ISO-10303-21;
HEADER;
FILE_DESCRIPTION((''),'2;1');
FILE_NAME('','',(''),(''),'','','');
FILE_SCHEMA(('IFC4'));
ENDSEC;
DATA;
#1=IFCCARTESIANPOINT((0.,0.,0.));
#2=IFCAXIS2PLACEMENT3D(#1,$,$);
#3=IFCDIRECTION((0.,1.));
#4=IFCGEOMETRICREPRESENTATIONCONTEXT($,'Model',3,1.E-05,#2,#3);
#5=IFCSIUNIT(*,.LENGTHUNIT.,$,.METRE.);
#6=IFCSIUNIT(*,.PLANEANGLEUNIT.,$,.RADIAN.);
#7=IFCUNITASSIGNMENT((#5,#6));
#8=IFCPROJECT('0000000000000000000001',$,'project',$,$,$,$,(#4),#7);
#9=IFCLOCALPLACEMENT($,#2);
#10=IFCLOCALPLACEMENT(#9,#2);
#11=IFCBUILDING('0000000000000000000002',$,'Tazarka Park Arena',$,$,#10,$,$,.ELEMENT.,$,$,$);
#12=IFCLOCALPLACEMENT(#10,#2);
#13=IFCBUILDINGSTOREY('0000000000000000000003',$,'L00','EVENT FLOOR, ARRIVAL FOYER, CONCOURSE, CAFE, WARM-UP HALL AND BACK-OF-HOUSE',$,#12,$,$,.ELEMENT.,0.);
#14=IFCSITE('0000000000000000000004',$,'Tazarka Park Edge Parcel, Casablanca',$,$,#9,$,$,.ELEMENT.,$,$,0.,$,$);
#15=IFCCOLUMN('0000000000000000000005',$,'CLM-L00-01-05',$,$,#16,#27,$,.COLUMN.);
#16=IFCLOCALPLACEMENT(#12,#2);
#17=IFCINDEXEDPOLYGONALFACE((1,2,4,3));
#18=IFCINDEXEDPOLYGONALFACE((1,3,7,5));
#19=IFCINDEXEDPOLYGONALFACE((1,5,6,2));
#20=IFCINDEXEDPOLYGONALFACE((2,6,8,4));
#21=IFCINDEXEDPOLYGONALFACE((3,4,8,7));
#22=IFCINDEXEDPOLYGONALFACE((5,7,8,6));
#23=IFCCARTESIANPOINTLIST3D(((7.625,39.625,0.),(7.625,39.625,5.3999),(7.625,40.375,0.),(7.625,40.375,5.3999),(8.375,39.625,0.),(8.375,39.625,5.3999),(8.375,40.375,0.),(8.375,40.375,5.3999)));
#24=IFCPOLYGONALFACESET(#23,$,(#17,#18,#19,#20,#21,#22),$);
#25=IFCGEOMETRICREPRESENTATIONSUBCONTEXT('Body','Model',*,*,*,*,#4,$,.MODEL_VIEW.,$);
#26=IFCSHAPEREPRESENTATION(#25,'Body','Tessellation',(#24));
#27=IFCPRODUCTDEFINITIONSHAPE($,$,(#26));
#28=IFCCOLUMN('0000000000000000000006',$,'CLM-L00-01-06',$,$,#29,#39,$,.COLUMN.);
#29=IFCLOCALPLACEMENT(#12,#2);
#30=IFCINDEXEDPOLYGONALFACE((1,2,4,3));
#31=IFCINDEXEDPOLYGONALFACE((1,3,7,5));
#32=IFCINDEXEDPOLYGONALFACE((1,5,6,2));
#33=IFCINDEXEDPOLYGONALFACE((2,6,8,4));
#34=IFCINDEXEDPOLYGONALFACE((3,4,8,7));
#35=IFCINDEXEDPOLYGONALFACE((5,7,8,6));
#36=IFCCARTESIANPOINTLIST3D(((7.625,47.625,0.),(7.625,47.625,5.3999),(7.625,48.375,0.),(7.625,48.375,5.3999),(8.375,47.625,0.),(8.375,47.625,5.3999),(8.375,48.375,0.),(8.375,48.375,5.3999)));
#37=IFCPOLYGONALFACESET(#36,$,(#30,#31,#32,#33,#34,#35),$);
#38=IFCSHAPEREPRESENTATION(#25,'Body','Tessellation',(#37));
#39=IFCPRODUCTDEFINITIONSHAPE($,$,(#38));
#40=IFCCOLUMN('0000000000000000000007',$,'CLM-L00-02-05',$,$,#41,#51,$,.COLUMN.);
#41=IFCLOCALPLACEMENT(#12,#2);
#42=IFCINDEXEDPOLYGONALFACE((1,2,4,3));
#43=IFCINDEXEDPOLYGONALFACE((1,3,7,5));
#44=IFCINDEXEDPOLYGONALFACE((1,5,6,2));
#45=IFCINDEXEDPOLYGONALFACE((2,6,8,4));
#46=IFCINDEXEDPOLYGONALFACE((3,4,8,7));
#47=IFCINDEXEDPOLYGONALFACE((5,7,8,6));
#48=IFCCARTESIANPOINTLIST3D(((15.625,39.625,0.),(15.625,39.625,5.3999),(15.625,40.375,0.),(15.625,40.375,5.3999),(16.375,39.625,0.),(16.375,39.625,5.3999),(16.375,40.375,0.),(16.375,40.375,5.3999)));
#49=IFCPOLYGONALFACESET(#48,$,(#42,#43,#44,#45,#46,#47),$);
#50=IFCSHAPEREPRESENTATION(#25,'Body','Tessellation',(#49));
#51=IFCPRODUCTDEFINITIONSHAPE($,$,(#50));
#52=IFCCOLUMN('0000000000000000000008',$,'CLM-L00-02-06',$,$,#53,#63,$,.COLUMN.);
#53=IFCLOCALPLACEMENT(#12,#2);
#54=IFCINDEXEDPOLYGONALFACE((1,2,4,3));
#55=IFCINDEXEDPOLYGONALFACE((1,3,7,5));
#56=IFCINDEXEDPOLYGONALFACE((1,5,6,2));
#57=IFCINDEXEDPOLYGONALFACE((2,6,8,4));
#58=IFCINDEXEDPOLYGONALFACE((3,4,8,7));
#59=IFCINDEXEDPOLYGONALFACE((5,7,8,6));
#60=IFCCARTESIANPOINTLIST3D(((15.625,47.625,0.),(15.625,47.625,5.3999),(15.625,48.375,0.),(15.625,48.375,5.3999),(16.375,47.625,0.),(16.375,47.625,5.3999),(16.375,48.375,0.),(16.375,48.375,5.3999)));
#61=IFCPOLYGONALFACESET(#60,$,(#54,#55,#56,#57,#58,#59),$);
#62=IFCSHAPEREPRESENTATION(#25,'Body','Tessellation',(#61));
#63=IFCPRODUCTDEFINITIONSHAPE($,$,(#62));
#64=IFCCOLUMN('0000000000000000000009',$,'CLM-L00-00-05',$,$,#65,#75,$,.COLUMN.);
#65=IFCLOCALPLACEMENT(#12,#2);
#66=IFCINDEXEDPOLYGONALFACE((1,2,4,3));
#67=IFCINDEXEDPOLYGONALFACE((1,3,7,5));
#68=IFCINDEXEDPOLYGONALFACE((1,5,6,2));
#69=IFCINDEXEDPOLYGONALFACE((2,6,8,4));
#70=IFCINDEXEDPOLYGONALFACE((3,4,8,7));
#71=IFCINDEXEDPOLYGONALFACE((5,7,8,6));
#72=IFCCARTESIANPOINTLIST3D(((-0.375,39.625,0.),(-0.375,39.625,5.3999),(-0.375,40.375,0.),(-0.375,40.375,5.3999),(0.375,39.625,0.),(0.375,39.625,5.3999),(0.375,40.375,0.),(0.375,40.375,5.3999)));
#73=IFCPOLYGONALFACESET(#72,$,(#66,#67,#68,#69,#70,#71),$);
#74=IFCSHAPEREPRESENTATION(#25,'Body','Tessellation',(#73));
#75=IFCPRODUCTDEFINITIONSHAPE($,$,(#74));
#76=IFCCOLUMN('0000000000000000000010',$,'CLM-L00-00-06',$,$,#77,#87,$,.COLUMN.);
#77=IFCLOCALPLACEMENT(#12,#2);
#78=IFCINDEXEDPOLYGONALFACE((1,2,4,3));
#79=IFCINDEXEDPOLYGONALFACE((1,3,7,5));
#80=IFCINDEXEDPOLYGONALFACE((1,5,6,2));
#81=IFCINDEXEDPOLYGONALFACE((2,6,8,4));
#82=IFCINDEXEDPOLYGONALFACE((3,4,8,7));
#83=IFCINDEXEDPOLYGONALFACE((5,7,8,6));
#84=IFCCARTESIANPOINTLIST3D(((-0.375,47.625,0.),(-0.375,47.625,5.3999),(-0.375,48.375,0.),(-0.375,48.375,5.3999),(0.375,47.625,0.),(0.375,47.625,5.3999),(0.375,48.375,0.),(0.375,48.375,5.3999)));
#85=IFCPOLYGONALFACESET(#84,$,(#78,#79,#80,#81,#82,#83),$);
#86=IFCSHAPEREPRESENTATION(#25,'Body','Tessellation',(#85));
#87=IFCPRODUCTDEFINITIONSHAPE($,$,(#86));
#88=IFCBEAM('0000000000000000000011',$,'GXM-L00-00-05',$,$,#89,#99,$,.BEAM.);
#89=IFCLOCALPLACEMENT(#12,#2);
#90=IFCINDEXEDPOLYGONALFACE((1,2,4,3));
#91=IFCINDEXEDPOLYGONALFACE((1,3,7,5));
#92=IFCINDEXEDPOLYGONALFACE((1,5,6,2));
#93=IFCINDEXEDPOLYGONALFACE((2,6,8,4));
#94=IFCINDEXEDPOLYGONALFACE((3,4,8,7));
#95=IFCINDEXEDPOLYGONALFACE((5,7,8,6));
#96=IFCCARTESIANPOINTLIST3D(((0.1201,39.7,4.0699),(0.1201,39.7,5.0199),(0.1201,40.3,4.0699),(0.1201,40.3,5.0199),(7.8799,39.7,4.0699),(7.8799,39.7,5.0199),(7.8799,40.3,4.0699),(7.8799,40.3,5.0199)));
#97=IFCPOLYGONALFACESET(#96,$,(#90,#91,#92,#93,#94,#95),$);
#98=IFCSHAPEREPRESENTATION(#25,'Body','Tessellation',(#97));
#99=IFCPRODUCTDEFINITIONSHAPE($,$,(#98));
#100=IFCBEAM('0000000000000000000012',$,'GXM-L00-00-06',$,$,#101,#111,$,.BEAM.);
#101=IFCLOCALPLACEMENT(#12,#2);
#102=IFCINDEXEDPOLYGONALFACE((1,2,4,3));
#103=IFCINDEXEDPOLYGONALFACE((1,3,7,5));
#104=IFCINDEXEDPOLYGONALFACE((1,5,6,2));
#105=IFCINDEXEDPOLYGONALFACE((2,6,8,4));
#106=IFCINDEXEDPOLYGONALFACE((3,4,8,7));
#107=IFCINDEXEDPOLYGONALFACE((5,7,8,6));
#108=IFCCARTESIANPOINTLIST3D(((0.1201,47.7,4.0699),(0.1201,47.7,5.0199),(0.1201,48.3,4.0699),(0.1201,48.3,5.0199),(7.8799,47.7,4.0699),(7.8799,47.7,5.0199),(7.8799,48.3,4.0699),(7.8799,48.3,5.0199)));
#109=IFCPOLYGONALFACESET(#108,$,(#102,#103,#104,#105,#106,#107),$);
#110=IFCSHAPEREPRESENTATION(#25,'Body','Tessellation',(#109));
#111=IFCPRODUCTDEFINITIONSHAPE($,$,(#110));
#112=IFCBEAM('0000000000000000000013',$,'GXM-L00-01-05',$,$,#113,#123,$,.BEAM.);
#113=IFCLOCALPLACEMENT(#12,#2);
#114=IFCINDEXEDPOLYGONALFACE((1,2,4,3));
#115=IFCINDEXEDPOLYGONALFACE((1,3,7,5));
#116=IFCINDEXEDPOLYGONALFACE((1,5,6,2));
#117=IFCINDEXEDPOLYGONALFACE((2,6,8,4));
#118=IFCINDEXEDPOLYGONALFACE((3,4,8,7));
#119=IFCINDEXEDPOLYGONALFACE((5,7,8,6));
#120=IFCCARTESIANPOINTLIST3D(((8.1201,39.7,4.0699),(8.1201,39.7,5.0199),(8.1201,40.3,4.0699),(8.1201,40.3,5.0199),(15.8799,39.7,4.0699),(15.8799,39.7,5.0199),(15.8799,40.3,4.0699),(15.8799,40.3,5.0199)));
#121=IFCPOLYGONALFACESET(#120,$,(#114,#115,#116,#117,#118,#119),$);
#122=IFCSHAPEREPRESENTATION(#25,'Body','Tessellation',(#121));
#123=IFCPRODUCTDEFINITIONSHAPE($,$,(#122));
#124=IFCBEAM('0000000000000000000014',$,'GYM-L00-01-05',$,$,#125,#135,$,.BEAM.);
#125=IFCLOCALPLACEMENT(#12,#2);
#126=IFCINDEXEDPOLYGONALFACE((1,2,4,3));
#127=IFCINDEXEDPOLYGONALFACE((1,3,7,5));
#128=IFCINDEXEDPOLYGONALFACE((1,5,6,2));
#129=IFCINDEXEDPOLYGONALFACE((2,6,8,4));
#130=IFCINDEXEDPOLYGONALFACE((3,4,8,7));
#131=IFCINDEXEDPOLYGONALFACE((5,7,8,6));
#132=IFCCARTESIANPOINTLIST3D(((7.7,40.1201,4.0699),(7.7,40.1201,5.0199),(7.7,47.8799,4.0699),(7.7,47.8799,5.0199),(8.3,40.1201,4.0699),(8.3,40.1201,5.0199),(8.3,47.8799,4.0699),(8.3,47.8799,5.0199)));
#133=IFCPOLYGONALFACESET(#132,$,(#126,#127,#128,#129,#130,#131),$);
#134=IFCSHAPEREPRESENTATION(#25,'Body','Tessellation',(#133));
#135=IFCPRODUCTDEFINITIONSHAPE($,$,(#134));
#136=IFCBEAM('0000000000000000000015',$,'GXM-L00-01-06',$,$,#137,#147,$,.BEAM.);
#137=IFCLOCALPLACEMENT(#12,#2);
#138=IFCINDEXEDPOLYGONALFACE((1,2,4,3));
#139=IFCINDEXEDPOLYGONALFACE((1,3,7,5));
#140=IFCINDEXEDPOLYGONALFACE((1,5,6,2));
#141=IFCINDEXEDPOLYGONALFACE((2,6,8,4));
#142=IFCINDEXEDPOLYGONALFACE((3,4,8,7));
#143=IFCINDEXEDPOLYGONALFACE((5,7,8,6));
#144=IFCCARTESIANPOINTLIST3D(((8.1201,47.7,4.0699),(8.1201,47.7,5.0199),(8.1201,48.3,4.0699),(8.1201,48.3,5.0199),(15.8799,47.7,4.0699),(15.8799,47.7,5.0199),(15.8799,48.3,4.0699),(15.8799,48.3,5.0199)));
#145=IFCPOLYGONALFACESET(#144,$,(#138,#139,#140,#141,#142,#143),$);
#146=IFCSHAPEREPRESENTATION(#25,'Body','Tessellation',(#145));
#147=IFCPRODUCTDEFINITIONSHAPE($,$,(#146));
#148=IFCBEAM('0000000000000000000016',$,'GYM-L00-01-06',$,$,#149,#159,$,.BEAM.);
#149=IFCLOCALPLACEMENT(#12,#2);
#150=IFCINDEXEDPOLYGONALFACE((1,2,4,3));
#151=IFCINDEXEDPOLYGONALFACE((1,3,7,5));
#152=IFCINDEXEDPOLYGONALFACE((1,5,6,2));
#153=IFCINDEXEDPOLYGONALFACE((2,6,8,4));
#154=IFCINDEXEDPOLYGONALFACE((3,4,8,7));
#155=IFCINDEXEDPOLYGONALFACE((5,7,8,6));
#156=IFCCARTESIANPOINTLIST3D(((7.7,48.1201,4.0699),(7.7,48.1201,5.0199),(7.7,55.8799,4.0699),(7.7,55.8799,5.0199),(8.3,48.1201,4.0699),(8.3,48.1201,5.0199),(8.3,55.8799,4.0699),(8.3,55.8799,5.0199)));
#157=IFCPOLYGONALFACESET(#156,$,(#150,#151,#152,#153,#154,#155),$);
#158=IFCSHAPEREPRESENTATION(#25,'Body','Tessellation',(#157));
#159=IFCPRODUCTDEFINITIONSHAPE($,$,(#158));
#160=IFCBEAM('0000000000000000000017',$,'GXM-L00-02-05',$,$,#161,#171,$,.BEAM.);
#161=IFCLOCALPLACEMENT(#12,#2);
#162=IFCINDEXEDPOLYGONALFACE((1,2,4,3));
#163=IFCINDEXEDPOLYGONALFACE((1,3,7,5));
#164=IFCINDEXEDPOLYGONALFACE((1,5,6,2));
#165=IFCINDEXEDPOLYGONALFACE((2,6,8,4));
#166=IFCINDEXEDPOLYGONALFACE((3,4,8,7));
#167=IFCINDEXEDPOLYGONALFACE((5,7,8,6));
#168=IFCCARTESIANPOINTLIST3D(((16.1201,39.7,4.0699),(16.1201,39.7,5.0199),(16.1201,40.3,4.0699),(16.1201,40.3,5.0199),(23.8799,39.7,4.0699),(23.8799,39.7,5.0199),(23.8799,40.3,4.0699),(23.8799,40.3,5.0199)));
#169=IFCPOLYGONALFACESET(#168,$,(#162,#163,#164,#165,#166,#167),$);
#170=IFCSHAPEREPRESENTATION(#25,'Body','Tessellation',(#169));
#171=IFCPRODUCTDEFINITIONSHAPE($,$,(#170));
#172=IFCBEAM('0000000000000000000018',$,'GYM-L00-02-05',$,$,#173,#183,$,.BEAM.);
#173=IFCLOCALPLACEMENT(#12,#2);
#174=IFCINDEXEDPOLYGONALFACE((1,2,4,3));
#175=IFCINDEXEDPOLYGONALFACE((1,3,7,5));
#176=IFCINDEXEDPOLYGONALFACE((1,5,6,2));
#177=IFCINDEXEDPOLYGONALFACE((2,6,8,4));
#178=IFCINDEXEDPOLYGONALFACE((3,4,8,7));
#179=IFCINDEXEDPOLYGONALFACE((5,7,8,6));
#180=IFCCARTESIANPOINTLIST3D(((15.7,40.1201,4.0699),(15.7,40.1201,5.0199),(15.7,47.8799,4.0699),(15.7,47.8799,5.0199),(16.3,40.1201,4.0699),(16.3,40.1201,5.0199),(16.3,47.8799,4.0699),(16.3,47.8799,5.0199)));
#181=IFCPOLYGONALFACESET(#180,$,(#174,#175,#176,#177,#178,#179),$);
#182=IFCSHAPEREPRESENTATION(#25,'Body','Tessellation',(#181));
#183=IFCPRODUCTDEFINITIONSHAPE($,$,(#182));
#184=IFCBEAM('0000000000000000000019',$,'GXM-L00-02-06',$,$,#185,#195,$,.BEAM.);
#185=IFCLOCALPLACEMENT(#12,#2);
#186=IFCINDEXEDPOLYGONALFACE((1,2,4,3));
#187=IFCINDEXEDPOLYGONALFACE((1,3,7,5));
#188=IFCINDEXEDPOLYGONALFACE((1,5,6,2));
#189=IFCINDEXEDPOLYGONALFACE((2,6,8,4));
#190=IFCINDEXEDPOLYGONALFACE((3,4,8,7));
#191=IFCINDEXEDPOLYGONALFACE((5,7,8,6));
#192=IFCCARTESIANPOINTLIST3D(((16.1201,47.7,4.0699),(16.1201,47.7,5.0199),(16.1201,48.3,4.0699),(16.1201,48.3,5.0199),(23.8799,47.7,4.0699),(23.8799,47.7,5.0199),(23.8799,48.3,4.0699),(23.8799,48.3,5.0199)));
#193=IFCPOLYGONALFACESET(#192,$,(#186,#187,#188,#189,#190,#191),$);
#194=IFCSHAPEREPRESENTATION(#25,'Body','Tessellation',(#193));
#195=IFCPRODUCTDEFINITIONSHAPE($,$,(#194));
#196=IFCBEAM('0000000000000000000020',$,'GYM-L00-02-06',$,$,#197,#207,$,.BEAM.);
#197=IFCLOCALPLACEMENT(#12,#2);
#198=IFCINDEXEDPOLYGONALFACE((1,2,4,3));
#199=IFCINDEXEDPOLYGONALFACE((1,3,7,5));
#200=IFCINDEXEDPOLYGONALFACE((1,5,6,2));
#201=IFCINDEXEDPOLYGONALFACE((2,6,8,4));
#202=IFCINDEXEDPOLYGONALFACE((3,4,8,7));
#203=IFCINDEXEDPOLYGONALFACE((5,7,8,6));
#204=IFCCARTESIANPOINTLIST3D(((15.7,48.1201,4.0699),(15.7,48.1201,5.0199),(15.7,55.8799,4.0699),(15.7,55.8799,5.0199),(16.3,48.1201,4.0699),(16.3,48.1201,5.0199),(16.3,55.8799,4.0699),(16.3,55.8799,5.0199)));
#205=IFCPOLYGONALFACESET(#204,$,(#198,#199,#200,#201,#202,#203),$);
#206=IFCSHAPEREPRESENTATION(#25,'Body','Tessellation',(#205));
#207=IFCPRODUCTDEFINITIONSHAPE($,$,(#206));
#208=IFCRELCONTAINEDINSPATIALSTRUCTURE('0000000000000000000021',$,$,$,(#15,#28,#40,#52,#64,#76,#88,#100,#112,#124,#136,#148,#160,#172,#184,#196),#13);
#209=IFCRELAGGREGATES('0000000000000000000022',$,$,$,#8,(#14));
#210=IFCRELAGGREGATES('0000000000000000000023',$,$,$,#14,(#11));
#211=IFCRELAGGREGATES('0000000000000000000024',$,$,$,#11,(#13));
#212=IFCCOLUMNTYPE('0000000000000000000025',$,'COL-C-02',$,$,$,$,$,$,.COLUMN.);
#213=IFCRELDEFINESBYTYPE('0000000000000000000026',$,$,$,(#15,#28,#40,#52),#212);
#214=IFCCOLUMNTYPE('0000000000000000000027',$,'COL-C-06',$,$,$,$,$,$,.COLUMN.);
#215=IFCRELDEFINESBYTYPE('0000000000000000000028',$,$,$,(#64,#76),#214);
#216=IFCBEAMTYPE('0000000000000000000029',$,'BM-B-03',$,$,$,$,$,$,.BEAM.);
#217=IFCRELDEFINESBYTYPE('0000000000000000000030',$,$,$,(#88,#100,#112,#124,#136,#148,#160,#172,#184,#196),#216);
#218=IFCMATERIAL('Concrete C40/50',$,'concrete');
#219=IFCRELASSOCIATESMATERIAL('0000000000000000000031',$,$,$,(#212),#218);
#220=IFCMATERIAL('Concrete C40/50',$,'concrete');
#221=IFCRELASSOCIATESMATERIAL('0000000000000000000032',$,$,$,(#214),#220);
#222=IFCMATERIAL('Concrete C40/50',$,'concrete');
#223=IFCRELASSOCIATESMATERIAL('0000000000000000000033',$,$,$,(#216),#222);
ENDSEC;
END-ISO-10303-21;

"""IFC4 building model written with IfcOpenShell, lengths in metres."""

from ifc_helpers import new_model, si_unit, direction, frame, origin, origin_2d, place, context, subcontext, project, spatial, rectangle, extrude, material, material_profile, profile_set, type_object, element, save


model = new_model("IFC4")

# Units and contexts
model_context = context("Model", 3, precision=1e-05, world=origin(), true_north=direction((0.0, 1.0)))
body_context = subcontext(model_context, "Body", "Model", "MODEL_VIEW")
ifc_project = project(units=[si_unit("LENGTHUNIT", "METRE"), si_unit("PLANEANGLEUNIT", "RADIAN")], contexts=[model_context])

# Site, building, storey
site_placement = place(None, origin())
site = spatial("IfcSite", under=ifc_project, at=site_placement, Name="Tazarka Park Edge Parcel, Casablanca", CompositionType="ELEMENT", RefElevation=0.0)
building_placement = place(site_placement, origin())
building = spatial("IfcBuilding", under=site, at=building_placement, Name="Tazarka Park Arena", CompositionType="ELEMENT")
storey_placement = place(building_placement, origin())
storey = spatial("IfcBuildingStorey", under=building, at=storey_placement, Name="L00", Description="EVENT FLOOR, ARRIVAL FOYER, CONCOURSE, CAFE, WARM-UP HALL AND BACK-OF-HOUSE", CompositionType="ELEMENT", Elevation=0.0)

# Columns
ifc_material_1 = material(Name="Concrete C40/50", Category="concrete")
ifc_material_profile_1 = material_profile(ifc_material_1, rectangle(XDim=0.75, YDim=0.75, at=origin_2d()), Name="Concrete C40/50")
ifc_profile_set_1 = profile_set([ifc_material_profile_1], Name="Concrete C40/50")
column_type_1 = type_object("IfcColumnType", Name="COL-C-02", PredefinedType="COLUMN", material=ifc_profile_set_1)
for number, where, z_axis, x_axis, name in (
    (1, (8.0, 40.0, 0.0), (0.0, 0.0, 1.0), (1.0, 0.0, 0.0), "CLM-L00-01-05"),
    (2, (8.0, 48.0, 0.0), (0.0, 0.0, 1.0), (1.0, 0.0, 0.0), "CLM-L00-01-06"),
    (3, (16.0, 40.0, 0.0), (0.0, 0.0, 1.0), (1.0, 0.0, 0.0), "CLM-L00-02-05"),
    (4, (16.0, 48.0, 0.0), (0.0, 0.0, 1.0), (1.0, 0.0, 0.0), "CLM-L00-02-06"),
):
    element("IfcColumn", number, at=place(storey_placement, frame(where, z_axis=z_axis, x_axis=x_axis)), inside=storey, type_object=column_type_1, Name=name, PredefinedType="COLUMN", context=body_context, shape_type="SweptSolid", body=[
        extrude(rectangle(XDim=0.75, YDim=0.75, at=origin_2d()), origin(), (0.0, 0.0, 1.0), 5.3999),
    ])
ifc_material_2 = material(Name="Concrete C40/50", Category="concrete")
ifc_material_profile_2 = material_profile(ifc_material_2, rectangle(XDim=0.75, YDim=0.75, at=origin_2d()), Name="Concrete C40/50")
ifc_profile_set_2 = profile_set([ifc_material_profile_2], Name="Concrete C40/50")
column_type_2 = type_object("IfcColumnType", Name="COL-C-06", PredefinedType="COLUMN", material=ifc_profile_set_2)
for number, where, z_axis, x_axis, name in (
    (5, (0.0, 40.0, 0.0), (0.0, 0.0, 1.0), (1.0, 0.0, 0.0), "CLM-L00-00-05"),
    (6, (0.0, 48.0, 0.0), (0.0, 0.0, 1.0), (1.0, 0.0, 0.0), "CLM-L00-00-06"),
):
    element("IfcColumn", number, at=place(storey_placement, frame(where, z_axis=z_axis, x_axis=x_axis)), inside=storey, type_object=column_type_2, Name=name, PredefinedType="COLUMN", context=body_context, shape_type="SweptSolid", body=[
        extrude(rectangle(XDim=0.75, YDim=0.75, at=origin_2d()), origin(), (0.0, 0.0, 1.0), 5.3999),
    ])

# Beams
ifc_material_3 = material(Name="Concrete C40/50", Category="concrete")
ifc_material_profile_3 = material_profile(ifc_material_3, rectangle(XDim=0.6001, YDim=0.95, at=origin_2d()), Name="Concrete C40/50")
ifc_profile_set_3 = profile_set([ifc_material_profile_3], Name="Concrete C40/50")
beam_type_1 = type_object("IfcBeamType", Name="BM-B-03", PredefinedType="BEAM", material=ifc_profile_set_3)
for number, where, z_axis, x_axis, name in (
    (7, (0.1201, 40.0, 4.5449), (1.0, 0.0, 0.0), (0.0, 1.0, 0.0), "GXM-L00-00-05"),
    (8, (0.1201, 48.0, 4.5449), (1.0, 0.0, 0.0), (0.0, 1.0, 0.0), "GXM-L00-00-06"),
    (9, (8.1201, 40.0, 4.5449), (1.0, 0.0, 0.0), (0.0, 1.0, 0.0), "GXM-L00-01-05"),
    (10, (8.0, 40.1201, 4.5449), (0.0, 1.0, 0.0), (-1.0, 0.0, 0.0), "GYM-L00-01-05"),
    (11, (8.1201, 48.0, 4.5449), (1.0, 0.0, 0.0), (0.0, 1.0, 0.0), "GXM-L00-01-06"),
    (12, (8.0, 48.1201, 4.5449), (0.0, 1.0, 0.0), (-1.0, 0.0, 0.0), "GYM-L00-01-06"),
    (13, (16.1201, 40.0, 4.5449), (1.0, 0.0, 0.0), (0.0, 1.0, 0.0), "GXM-L00-02-05"),
    (14, (16.0, 40.1201, 4.5449), (0.0, 1.0, 0.0), (-1.0, 0.0, 0.0), "GYM-L00-02-05"),
    (15, (16.1201, 48.0, 4.5449), (1.0, 0.0, 0.0), (0.0, 1.0, 0.0), "GXM-L00-02-06"),
    (16, (16.0, 48.1201, 4.5449), (0.0, 1.0, 0.0), (-1.0, 0.0, 0.0), "GYM-L00-02-06"),
):
    element("IfcBeam", number, at=place(storey_placement, frame(where, z_axis=z_axis, x_axis=x_axis)), inside=storey, type_object=beam_type_1, Name=name, PredefinedType="BEAM", context=body_context, shape_type="SweptSolid", body=[
        extrude(rectangle(XDim=0.6001, YDim=0.95, at=origin_2d()), origin(), (0.0, 0.0, 1.0), 7.7598),
    ])

save(model, "model.ifc")
